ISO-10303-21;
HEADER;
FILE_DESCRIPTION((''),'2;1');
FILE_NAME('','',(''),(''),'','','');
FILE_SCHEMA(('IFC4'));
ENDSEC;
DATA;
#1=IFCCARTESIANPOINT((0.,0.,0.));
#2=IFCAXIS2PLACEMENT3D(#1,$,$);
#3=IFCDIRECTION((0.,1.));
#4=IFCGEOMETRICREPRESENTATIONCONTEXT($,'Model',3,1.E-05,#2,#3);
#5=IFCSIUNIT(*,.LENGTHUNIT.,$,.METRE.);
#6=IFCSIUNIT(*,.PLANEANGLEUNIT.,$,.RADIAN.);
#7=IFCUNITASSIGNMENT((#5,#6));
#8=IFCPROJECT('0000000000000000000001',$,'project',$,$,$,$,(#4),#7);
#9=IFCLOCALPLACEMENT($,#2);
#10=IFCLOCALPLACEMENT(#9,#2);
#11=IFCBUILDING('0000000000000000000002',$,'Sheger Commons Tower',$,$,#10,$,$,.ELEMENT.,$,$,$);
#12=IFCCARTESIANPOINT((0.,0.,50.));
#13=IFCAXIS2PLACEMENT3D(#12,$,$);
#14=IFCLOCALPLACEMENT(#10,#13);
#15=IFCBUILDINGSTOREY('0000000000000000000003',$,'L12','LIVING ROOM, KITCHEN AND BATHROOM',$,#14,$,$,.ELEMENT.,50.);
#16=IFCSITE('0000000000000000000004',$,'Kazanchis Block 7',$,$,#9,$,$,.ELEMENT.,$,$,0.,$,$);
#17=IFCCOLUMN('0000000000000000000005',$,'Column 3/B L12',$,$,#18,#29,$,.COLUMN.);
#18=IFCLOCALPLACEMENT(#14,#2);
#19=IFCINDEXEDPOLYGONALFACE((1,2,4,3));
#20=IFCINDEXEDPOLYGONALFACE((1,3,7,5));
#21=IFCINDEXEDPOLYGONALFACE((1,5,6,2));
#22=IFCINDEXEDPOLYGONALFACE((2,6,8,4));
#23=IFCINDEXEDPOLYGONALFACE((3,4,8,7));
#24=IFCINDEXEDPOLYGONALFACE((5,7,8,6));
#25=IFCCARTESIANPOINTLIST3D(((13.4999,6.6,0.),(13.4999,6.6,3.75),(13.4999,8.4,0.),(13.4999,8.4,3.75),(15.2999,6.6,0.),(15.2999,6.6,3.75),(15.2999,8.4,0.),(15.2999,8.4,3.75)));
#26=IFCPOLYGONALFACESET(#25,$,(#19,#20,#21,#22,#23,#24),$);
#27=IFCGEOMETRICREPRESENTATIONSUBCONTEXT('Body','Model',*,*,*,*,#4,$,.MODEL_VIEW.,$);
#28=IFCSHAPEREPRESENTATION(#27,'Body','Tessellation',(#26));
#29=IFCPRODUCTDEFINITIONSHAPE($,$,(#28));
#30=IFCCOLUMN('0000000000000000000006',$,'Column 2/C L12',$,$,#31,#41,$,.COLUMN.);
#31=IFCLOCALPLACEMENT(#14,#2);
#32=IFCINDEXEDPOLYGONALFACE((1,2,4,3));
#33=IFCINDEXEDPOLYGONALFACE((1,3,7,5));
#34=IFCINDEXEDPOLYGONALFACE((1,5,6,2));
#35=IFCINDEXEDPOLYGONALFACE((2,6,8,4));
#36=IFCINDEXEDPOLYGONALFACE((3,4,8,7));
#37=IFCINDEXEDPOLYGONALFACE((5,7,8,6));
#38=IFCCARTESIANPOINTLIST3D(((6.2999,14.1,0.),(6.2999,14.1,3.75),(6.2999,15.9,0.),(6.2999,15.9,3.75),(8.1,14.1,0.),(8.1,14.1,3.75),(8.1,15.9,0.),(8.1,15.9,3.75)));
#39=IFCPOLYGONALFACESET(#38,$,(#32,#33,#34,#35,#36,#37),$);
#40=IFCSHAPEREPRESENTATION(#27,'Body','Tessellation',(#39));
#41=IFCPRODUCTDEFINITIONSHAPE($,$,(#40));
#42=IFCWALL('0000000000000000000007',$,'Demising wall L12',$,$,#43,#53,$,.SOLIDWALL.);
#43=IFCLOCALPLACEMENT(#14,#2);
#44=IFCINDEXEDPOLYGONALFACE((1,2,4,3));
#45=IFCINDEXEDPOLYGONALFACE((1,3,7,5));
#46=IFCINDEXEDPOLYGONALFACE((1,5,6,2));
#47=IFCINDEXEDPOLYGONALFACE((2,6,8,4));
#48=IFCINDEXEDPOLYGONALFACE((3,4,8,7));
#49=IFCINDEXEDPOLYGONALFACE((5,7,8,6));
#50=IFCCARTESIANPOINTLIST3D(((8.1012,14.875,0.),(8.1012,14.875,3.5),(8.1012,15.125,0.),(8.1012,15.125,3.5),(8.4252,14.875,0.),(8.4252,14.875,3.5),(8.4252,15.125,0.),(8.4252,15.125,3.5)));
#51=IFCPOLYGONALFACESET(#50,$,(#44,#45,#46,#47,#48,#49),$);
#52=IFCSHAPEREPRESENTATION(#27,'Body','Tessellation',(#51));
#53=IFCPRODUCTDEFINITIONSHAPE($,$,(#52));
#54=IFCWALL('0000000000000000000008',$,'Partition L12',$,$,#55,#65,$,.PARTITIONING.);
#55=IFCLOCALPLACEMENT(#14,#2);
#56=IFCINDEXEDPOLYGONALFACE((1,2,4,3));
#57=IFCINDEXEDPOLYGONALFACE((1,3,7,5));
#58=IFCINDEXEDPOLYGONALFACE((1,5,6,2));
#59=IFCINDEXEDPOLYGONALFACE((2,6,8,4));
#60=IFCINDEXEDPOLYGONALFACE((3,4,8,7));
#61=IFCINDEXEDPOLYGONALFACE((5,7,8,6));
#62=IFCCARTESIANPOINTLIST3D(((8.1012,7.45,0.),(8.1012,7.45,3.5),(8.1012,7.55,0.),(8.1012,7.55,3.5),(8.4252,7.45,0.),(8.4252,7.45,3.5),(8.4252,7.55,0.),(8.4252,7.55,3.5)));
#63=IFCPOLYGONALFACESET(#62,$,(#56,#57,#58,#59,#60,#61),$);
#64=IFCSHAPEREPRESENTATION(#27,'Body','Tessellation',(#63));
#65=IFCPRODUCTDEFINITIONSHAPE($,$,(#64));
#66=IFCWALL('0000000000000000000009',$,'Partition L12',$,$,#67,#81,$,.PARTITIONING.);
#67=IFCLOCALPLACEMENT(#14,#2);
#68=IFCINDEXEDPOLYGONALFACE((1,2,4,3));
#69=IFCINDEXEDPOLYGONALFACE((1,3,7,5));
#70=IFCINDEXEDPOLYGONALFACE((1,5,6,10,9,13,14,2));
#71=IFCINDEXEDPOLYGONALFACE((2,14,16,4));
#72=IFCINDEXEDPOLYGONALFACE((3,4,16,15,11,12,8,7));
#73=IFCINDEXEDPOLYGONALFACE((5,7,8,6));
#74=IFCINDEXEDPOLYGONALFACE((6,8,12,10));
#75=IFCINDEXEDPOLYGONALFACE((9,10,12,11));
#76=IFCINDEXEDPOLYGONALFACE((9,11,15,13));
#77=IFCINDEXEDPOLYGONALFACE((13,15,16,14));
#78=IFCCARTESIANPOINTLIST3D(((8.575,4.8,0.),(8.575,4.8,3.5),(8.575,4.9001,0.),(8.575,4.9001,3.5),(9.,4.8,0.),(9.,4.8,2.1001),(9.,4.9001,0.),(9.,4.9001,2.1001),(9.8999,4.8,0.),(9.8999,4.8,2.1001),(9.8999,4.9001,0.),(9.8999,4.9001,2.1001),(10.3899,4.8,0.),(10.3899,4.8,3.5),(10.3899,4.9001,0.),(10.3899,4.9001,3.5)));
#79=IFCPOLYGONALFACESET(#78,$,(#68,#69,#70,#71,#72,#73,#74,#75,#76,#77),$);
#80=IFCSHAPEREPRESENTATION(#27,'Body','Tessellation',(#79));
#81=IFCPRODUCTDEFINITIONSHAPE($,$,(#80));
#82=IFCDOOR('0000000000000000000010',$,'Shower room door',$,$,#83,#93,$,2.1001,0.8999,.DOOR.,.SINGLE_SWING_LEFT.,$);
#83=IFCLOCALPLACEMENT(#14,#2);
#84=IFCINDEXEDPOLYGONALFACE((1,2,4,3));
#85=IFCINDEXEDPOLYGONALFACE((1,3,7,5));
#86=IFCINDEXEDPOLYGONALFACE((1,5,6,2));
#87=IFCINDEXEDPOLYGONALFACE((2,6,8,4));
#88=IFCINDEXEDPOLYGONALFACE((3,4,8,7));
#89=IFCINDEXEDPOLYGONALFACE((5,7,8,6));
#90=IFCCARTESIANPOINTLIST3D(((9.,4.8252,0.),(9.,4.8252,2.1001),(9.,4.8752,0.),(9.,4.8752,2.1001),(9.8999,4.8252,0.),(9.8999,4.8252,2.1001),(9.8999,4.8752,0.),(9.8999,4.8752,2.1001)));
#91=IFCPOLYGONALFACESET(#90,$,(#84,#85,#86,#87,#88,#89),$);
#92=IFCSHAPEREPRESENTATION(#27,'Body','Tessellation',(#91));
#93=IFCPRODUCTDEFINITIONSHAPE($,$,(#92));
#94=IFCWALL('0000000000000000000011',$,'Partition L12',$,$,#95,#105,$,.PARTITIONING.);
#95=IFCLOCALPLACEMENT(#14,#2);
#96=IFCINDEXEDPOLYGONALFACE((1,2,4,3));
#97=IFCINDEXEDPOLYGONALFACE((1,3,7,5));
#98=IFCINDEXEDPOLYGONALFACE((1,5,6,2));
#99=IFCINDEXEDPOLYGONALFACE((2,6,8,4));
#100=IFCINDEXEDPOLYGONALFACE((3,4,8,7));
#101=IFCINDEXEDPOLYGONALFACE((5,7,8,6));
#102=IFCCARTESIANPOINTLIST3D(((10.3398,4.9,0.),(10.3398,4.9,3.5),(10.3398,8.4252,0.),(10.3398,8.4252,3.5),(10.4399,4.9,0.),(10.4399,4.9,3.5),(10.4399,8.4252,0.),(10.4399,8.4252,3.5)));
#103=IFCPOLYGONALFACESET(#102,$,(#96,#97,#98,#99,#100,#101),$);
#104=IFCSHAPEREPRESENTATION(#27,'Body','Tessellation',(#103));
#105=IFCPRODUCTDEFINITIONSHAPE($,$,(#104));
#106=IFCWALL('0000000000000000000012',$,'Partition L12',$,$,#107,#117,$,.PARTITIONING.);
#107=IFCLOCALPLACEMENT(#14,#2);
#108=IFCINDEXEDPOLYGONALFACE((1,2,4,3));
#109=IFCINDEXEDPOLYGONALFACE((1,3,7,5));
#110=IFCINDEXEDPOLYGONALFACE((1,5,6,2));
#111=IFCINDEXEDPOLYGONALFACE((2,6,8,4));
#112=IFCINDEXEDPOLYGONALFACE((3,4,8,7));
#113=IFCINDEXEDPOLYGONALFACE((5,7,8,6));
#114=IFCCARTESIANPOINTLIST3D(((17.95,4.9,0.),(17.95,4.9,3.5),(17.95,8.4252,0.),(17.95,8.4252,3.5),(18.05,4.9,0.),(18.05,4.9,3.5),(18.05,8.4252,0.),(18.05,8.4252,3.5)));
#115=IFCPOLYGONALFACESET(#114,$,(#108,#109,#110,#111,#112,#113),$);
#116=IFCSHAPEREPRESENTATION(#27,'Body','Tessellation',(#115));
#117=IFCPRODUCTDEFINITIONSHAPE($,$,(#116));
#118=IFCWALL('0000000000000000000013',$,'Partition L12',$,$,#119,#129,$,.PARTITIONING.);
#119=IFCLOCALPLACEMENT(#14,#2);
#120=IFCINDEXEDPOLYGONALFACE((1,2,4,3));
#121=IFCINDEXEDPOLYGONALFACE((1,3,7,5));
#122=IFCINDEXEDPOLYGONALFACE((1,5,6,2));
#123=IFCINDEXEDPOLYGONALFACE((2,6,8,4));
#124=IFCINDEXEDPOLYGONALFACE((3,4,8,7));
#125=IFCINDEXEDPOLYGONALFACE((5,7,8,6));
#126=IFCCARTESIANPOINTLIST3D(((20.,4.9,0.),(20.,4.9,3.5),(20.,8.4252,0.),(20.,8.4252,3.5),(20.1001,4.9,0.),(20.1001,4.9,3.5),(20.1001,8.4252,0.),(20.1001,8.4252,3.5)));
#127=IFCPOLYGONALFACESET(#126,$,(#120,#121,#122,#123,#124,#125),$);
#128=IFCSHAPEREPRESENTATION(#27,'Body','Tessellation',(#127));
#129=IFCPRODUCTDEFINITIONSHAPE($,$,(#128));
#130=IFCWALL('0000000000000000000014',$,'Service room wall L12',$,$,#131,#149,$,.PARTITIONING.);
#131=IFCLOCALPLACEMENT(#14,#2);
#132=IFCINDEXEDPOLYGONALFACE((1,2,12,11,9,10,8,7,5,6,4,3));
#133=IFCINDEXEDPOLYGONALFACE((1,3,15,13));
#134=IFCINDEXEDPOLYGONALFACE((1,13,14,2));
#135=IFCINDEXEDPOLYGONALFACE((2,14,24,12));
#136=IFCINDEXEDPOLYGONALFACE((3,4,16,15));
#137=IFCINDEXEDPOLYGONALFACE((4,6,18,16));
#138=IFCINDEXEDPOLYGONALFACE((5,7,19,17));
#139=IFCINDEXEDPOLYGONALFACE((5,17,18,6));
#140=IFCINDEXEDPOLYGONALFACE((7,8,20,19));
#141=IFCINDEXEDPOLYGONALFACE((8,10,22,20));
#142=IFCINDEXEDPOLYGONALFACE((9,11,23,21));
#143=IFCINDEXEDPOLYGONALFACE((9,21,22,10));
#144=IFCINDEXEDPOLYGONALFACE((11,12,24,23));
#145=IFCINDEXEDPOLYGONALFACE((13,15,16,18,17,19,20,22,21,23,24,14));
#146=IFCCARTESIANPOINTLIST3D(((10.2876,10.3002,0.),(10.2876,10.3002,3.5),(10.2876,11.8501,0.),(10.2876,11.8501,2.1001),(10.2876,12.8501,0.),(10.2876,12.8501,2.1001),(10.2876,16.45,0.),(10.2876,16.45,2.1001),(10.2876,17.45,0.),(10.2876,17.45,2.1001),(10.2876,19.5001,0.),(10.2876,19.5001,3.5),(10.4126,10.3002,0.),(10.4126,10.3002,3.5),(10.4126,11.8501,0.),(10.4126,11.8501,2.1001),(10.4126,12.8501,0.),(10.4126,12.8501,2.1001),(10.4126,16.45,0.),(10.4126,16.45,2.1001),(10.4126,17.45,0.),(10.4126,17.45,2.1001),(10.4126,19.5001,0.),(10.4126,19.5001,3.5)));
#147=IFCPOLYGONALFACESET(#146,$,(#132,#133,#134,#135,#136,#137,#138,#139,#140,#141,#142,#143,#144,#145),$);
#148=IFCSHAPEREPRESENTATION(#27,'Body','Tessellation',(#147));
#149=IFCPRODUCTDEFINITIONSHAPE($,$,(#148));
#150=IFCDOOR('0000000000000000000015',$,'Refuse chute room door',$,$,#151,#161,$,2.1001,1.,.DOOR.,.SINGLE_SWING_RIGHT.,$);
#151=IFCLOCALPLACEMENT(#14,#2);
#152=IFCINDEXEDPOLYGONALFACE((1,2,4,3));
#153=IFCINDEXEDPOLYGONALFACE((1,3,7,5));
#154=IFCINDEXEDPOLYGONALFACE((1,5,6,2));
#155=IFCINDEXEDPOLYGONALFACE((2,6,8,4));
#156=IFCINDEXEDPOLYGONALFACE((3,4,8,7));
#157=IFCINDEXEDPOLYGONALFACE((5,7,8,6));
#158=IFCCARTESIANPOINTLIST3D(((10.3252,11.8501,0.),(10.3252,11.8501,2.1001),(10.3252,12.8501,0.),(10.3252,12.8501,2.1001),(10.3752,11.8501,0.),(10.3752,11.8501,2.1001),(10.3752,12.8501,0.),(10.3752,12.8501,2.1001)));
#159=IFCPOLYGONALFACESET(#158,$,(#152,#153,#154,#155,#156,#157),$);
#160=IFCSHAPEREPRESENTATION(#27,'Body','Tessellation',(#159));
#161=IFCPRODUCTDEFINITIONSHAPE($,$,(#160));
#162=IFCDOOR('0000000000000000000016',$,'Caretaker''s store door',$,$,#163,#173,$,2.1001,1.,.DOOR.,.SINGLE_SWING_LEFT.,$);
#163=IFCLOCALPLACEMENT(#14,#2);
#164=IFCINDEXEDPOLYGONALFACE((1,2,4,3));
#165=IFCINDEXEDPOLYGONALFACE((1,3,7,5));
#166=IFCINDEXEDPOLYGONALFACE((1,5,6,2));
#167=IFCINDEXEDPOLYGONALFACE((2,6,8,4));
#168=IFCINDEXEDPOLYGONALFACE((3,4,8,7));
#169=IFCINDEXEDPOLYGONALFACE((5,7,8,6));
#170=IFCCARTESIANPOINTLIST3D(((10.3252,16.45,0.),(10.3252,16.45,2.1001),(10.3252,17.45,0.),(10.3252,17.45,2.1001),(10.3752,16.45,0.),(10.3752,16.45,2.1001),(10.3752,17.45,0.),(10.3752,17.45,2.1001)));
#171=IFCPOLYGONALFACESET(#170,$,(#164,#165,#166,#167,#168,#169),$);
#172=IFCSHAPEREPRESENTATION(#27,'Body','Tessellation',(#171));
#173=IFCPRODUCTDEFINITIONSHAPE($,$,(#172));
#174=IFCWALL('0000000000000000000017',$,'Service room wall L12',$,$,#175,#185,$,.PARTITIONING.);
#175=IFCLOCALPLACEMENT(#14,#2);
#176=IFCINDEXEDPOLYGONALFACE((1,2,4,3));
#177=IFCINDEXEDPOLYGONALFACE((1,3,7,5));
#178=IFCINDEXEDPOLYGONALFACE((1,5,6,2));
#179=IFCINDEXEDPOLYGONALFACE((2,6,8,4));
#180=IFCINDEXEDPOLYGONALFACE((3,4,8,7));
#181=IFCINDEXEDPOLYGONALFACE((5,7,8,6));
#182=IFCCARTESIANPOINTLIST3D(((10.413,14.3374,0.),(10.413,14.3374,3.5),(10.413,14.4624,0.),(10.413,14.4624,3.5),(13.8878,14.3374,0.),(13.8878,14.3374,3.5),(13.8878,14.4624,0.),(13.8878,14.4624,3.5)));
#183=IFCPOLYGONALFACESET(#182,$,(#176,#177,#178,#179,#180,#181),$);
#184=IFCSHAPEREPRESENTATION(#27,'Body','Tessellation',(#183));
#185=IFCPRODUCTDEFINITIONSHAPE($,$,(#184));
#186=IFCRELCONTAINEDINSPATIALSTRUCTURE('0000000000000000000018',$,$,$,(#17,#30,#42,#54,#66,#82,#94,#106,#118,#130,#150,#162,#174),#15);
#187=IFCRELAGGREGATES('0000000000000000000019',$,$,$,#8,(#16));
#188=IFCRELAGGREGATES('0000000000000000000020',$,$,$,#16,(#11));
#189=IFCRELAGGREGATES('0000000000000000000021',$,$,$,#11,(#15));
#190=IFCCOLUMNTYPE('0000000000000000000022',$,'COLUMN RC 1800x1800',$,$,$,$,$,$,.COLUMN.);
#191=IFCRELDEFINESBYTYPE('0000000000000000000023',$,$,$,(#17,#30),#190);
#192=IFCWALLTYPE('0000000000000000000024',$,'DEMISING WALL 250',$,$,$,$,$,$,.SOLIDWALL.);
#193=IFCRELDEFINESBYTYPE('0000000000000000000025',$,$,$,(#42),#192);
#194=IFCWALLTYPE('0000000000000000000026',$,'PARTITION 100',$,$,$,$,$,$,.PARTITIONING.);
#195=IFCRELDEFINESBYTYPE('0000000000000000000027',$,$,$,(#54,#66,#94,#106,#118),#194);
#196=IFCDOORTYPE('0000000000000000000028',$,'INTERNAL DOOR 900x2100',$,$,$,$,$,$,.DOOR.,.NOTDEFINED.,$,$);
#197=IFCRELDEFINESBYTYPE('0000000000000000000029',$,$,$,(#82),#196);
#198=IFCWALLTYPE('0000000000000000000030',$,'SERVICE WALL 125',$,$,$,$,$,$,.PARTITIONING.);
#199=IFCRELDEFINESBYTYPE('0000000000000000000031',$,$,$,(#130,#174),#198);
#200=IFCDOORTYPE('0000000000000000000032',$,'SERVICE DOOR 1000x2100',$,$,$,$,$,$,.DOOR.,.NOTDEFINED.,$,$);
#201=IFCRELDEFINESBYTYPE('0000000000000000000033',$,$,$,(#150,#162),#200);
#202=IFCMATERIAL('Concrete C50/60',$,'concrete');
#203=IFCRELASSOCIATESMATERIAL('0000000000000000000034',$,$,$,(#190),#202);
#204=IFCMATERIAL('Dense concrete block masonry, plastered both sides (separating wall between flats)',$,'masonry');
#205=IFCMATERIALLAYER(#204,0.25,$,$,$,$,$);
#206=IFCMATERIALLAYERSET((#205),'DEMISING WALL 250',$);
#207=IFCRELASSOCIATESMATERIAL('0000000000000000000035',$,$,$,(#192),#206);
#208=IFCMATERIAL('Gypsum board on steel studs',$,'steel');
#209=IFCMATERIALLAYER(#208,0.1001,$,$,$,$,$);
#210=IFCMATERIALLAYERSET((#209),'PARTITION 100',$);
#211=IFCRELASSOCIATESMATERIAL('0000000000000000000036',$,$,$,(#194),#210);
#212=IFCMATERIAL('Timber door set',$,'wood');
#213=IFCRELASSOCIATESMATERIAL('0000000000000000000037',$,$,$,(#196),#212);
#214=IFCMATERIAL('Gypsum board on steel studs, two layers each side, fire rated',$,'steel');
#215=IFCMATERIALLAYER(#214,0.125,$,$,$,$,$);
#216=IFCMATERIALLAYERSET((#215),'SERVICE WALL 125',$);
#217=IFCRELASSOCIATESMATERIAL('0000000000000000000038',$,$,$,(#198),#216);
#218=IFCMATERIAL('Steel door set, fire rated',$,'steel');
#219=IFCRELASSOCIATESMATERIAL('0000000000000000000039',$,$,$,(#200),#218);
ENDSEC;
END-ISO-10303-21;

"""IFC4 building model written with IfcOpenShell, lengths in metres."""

from ifc_helpers import new_model, si_unit, direction, frame, frame_2d, origin, origin_2d, place, context, subcontext, project, spatial, rectangle, extrude, material, layer, layer_set, material_profile, profile_set, type_object, element, fill, save


model = new_model("IFC4")

# Units and contexts
model_context = context("Model", 3, precision=1e-05, world=origin(), true_north=direction((0.0, 1.0)))
body_context = subcontext(model_context, "Body", "Model", "MODEL_VIEW")
ifc_project = project(units=[si_unit("LENGTHUNIT", "METRE"), si_unit("PLANEANGLEUNIT", "RADIAN")], contexts=[model_context])

# Site, building, storey
site_placement = place(None, origin())
site = spatial("IfcSite", under=ifc_project, at=site_placement, Name="Kazanchis Block 7", CompositionType="ELEMENT", RefElevation=0.0)
building_placement = place(site_placement, origin())
building = spatial("IfcBuilding", under=site, at=building_placement, Name="Sheger Commons Tower", CompositionType="ELEMENT")
storey_placement = place(building_placement, frame((0.0, 0.0, 50.0)))
storey = spatial("IfcBuildingStorey", under=building, at=storey_placement, Name="L12", Description="LIVING ROOM, KITCHEN AND BATHROOM", CompositionType="ELEMENT", Elevation=50.0)

# Columns
ifc_material_1 = material(Name="Concrete C50/60", Category="concrete")
ifc_material_profile = material_profile(ifc_material_1, rectangle(XDim=1.8, YDim=1.8, at=origin_2d()), Name="RC 1800x1800")
ifc_profile_set = profile_set([ifc_material_profile], Name="Concrete C50/60")
column_type = type_object("IfcColumnType", Name="COLUMN RC 1800x1800", PredefinedType="COLUMN", material=ifc_profile_set)
for number, where, z_axis, x_axis, name in (
    (1, (14.3999, 7.5, 0.0), (0.0, 0.0, 1.0), (1.0, 0.0, 0.0), "Column 3/B L12"),
    (2, (7.2, 15.0, 0.0), (0.0, 0.0, 1.0), (1.0, 0.0, 0.0), "Column 2/C L12"),
):
    element("IfcColumn", number, at=place(storey_placement, frame(where, z_axis=z_axis, x_axis=x_axis)), inside=storey, type_object=column_type, Name=name, PredefinedType="COLUMN", context=body_context, shape_type="SweptSolid", body=[
        extrude(rectangle(XDim=1.8, YDim=1.8, at=origin_2d()), origin(), (0.0, 0.0, 1.0), 3.75),
    ])

# Walls
ifc_material_2 = material(Name="Dense concrete block masonry, plastered both sides (separating wall between flats)", Category="masonry")
ifc_layer_1 = layer(ifc_material_2, 0.25)
ifc_layer_set_1 = layer_set([ifc_layer_1], Name="DEMISING WALL 250")
wall_type_1 = type_object("IfcWallType", Name="DEMISING WALL 250", PredefinedType="SOLIDWALL", material=ifc_layer_set_1)
wall_1_placement = place(storey_placement, frame((8.1011, 15.0, 0.0), z_axis=(0.0, 0.0, 1.0), x_axis=(1.0, 0.0, 0.0)))
element("IfcWall", 3, at=wall_1_placement, inside=storey, type_object=wall_type_1, Name="Demising wall L12", PredefinedType="SOLIDWALL", context=body_context, shape_type="SweptSolid", body=[
    extrude(rectangle(XDim=0.324, YDim=0.25, at=frame_2d((0.1621, 0.0))), origin(), (0.0, 0.0, 1.0), 3.5),
])
ifc_material_3 = material(Name="Gypsum board on steel studs", Category="steel")
ifc_layer_2 = layer(ifc_material_3, 0.1001)
ifc_layer_set_2 = layer_set([ifc_layer_2], Name="PARTITION 100")
wall_type_2 = type_object("IfcWallType", Name="PARTITION 100", PredefinedType="PARTITIONING", material=ifc_layer_set_2)
wall_2_placement = place(storey_placement, frame((8.1011, 7.5, 0.0), z_axis=(0.0, 0.0, 1.0), x_axis=(1.0, 0.0, 0.0)))
element("IfcWall", 4, at=wall_2_placement, inside=storey, type_object=wall_type_2, Name="Partition L12", PredefinedType="PARTITIONING", context=body_context, shape_type="SweptSolid", body=[
    extrude(rectangle(XDim=0.324, YDim=0.1001, at=frame_2d((0.1621, 0.0))), origin(), (0.0, 0.0, 1.0), 3.5),
])

# Wall, opening, door
wall_3_placement = place(storey_placement, frame((10.3899, 4.8501, 0.0), z_axis=(0.0, 0.0, 1.0), x_axis=(-1.0, 0.0, 0.0)))
wall_3 = element("IfcWall", 5, at=wall_3_placement, inside=storey, type_object=wall_type_2, Name="Partition L12", PredefinedType="PARTITIONING", context=body_context, shape_type="SweptSolid", body=[
    extrude(rectangle(XDim=1.8149, YDim=0.1001, at=frame_2d((0.9075, 0.0))), origin(), (0.0, 0.0, 1.0), 3.5),
])
opening_1_placement = place(wall_3_placement, frame((0.49, 0.0, 0.0)))
opening_1 = element("IfcOpeningElement", 6, at=opening_1_placement, cuts=wall_3, PredefinedType="OPENING", context=body_context, shape_type="SweptSolid", body=[
    extrude(rectangle(XDim=0.8999, YDim=2.1001, at=frame_2d((0.45, 1.05))), frame((0.0, 0.0601, 0.0), z_axis=(0.0, -1.0, 0.0), x_axis=(1.0, 0.0, 0.0)), (0.0, 0.0, 1.0), 0.1201),
])
ifc_material_4 = material(Name="Timber door set", Category="wood")
door_type_1 = type_object("IfcDoorType", Name="INTERNAL DOOR 900x2100", OperationType="NOTDEFINED", PredefinedType="DOOR", material=ifc_material_4)
door_1_placement = place(opening_1_placement, origin())
door_1 = element("IfcDoor", 7, at=door_1_placement, inside=storey, type_object=door_type_1, Name="Shower room door", OperationType="SINGLE_SWING_LEFT", OverallHeight=2.1001, OverallWidth=0.8999, PredefinedType="DOOR", context=body_context, shape_type="SweptSolid", body=[
    extrude(rectangle(XDim=0.8999, YDim=2.1001, at=frame_2d((0.45, 1.05))), frame((0.0, 0.0249, 0.0), z_axis=(0.0, -1.0, 0.0), x_axis=(1.0, 0.0, 0.0)), (0.0, 0.0, 1.0), 0.05),
])
fill(opening_1, door_1)

# Walls
for number, where, z_axis, x_axis, name in (
    (8, (10.3899, 4.8999, 0.0), (0.0, 0.0, 1.0), (0.0, 1.0, 0.0), "Partition L12"),
    (9, (18.0, 4.8999, 0.0), (0.0, 0.0, 1.0), (0.0, 1.0, 0.0), "Partition L12"),
    (10, (20.05, 4.8999, 0.0), (0.0, 0.0, 1.0), (0.0, 1.0, 0.0), "Partition L12"),
):
    element("IfcWall", number, at=place(storey_placement, frame(where, z_axis=z_axis, x_axis=x_axis)), inside=storey, type_object=wall_type_2, Name=name, PredefinedType="PARTITIONING", context=body_context, shape_type="SweptSolid", body=[
        extrude(rectangle(XDim=3.5251, YDim=0.1001, at=frame_2d((1.7627, 0.0))), origin(), (0.0, 0.0, 1.0), 3.5),
    ])

# Wall, openings, doors
ifc_material_5 = material(Name="Gypsum board on steel studs, two layers each side, fire rated", Category="steel")
ifc_layer_3 = layer(ifc_material_5, 0.125)
ifc_layer_set_3 = layer_set([ifc_layer_3], Name="SERVICE WALL 125")
wall_type_3 = type_object("IfcWallType", Name="SERVICE WALL 125", PredefinedType="PARTITIONING", material=ifc_layer_set_3)
wall_4_placement = place(storey_placement, frame((10.3501, 10.3, 0.0), z_axis=(0.0, 0.0, 1.0), x_axis=(0.0, 1.0, 0.0)))
wall_4 = element("IfcWall", 11, at=wall_4_placement, inside=storey, type_object=wall_type_3, Name="Service room wall L12", PredefinedType="PARTITIONING", context=body_context, shape_type="SweptSolid", body=[
    extrude(rectangle(XDim=9.2, YDim=0.125, at=frame_2d((4.6001, 0.0))), origin(), (0.0, 0.0, 1.0), 3.5),
])
opening_2_placement = place(wall_4_placement, frame((1.55, 0.0, 0.0)))
opening_2 = element("IfcOpeningElement", 12, at=opening_2_placement, cuts=wall_4, PredefinedType="OPENING", context=body_context, shape_type="SweptSolid", body=[
    extrude(rectangle(XDim=1.0, YDim=2.1001, at=frame_2d((0.5, 1.05))), frame((0.0, 0.0725, 0.0), z_axis=(0.0, -1.0, 0.0), x_axis=(1.0, 0.0, 0.0)), (0.0, 0.0, 1.0), 0.145),
])
opening_3_placement = place(wall_4_placement, frame((6.1499, 0.0, 0.0)))
opening_3 = element("IfcOpeningElement", 13, at=opening_3_placement, cuts=wall_4, PredefinedType="OPENING", context=body_context, shape_type="SweptSolid", body=[
    extrude(rectangle(XDim=1.0, YDim=2.1001, at=frame_2d((0.5, 1.05))), frame((0.0, 0.0725, 0.0), z_axis=(0.0, -1.0, 0.0), x_axis=(1.0, 0.0, 0.0)), (0.0, 0.0, 1.0), 0.145),
])
ifc_material_6 = material(Name="Steel door set, fire rated", Category="steel")
door_type_2 = type_object("IfcDoorType", Name="SERVICE DOOR 1000x2100", OperationType="NOTDEFINED", PredefinedType="DOOR", material=ifc_material_6)
door_2_placement = place(opening_2_placement, origin())
door_2 = element("IfcDoor", 14, at=door_2_placement, inside=storey, type_object=door_type_2, Name="Refuse chute room door", OperationType="SINGLE_SWING_RIGHT", OverallHeight=2.1001, OverallWidth=1.0, PredefinedType="DOOR", context=body_context, shape_type="SweptSolid", body=[
    extrude(rectangle(XDim=1.0, YDim=2.1001, at=frame_2d((0.5, 1.05))), frame((0.0, 0.0249, 0.0), z_axis=(0.0, -1.0, 0.0), x_axis=(1.0, 0.0, 0.0)), (0.0, 0.0, 1.0), 0.05),
])
fill(opening_2, door_2)
door_3_placement = place(opening_3_placement, origin())
door_3 = element("IfcDoor", 15, at=door_3_placement, inside=storey, type_object=door_type_2, Name="Caretaker's store door", OperationType="SINGLE_SWING_LEFT", OverallHeight=2.1001, OverallWidth=1.0, PredefinedType="DOOR", context=body_context, shape_type="SweptSolid", body=[
    extrude(rectangle(XDim=1.0, YDim=2.1001, at=frame_2d((0.5, 1.05))), frame((0.0, 0.0249, 0.0), z_axis=(0.0, -1.0, 0.0), x_axis=(1.0, 0.0, 0.0)), (0.0, 0.0, 1.0), 0.05),
])
fill(opening_3, door_3)

# Wall
wall_5_placement = place(storey_placement, frame((10.4131, 14.3999, 0.0), z_axis=(0.0, 0.0, 1.0), x_axis=(1.0, 0.0, 0.0)))
element("IfcWall", 16, at=wall_5_placement, inside=storey, type_object=wall_type_3, Name="Service room wall L12", PredefinedType="PARTITIONING", context=body_context, shape_type="SweptSolid", body=[
    extrude(rectangle(XDim=3.4749, YDim=0.125, at=frame_2d((1.7373, 0.0))), origin(), (0.0, 0.0, 1.0), 3.5),
])

save(model, "model.ifc")
